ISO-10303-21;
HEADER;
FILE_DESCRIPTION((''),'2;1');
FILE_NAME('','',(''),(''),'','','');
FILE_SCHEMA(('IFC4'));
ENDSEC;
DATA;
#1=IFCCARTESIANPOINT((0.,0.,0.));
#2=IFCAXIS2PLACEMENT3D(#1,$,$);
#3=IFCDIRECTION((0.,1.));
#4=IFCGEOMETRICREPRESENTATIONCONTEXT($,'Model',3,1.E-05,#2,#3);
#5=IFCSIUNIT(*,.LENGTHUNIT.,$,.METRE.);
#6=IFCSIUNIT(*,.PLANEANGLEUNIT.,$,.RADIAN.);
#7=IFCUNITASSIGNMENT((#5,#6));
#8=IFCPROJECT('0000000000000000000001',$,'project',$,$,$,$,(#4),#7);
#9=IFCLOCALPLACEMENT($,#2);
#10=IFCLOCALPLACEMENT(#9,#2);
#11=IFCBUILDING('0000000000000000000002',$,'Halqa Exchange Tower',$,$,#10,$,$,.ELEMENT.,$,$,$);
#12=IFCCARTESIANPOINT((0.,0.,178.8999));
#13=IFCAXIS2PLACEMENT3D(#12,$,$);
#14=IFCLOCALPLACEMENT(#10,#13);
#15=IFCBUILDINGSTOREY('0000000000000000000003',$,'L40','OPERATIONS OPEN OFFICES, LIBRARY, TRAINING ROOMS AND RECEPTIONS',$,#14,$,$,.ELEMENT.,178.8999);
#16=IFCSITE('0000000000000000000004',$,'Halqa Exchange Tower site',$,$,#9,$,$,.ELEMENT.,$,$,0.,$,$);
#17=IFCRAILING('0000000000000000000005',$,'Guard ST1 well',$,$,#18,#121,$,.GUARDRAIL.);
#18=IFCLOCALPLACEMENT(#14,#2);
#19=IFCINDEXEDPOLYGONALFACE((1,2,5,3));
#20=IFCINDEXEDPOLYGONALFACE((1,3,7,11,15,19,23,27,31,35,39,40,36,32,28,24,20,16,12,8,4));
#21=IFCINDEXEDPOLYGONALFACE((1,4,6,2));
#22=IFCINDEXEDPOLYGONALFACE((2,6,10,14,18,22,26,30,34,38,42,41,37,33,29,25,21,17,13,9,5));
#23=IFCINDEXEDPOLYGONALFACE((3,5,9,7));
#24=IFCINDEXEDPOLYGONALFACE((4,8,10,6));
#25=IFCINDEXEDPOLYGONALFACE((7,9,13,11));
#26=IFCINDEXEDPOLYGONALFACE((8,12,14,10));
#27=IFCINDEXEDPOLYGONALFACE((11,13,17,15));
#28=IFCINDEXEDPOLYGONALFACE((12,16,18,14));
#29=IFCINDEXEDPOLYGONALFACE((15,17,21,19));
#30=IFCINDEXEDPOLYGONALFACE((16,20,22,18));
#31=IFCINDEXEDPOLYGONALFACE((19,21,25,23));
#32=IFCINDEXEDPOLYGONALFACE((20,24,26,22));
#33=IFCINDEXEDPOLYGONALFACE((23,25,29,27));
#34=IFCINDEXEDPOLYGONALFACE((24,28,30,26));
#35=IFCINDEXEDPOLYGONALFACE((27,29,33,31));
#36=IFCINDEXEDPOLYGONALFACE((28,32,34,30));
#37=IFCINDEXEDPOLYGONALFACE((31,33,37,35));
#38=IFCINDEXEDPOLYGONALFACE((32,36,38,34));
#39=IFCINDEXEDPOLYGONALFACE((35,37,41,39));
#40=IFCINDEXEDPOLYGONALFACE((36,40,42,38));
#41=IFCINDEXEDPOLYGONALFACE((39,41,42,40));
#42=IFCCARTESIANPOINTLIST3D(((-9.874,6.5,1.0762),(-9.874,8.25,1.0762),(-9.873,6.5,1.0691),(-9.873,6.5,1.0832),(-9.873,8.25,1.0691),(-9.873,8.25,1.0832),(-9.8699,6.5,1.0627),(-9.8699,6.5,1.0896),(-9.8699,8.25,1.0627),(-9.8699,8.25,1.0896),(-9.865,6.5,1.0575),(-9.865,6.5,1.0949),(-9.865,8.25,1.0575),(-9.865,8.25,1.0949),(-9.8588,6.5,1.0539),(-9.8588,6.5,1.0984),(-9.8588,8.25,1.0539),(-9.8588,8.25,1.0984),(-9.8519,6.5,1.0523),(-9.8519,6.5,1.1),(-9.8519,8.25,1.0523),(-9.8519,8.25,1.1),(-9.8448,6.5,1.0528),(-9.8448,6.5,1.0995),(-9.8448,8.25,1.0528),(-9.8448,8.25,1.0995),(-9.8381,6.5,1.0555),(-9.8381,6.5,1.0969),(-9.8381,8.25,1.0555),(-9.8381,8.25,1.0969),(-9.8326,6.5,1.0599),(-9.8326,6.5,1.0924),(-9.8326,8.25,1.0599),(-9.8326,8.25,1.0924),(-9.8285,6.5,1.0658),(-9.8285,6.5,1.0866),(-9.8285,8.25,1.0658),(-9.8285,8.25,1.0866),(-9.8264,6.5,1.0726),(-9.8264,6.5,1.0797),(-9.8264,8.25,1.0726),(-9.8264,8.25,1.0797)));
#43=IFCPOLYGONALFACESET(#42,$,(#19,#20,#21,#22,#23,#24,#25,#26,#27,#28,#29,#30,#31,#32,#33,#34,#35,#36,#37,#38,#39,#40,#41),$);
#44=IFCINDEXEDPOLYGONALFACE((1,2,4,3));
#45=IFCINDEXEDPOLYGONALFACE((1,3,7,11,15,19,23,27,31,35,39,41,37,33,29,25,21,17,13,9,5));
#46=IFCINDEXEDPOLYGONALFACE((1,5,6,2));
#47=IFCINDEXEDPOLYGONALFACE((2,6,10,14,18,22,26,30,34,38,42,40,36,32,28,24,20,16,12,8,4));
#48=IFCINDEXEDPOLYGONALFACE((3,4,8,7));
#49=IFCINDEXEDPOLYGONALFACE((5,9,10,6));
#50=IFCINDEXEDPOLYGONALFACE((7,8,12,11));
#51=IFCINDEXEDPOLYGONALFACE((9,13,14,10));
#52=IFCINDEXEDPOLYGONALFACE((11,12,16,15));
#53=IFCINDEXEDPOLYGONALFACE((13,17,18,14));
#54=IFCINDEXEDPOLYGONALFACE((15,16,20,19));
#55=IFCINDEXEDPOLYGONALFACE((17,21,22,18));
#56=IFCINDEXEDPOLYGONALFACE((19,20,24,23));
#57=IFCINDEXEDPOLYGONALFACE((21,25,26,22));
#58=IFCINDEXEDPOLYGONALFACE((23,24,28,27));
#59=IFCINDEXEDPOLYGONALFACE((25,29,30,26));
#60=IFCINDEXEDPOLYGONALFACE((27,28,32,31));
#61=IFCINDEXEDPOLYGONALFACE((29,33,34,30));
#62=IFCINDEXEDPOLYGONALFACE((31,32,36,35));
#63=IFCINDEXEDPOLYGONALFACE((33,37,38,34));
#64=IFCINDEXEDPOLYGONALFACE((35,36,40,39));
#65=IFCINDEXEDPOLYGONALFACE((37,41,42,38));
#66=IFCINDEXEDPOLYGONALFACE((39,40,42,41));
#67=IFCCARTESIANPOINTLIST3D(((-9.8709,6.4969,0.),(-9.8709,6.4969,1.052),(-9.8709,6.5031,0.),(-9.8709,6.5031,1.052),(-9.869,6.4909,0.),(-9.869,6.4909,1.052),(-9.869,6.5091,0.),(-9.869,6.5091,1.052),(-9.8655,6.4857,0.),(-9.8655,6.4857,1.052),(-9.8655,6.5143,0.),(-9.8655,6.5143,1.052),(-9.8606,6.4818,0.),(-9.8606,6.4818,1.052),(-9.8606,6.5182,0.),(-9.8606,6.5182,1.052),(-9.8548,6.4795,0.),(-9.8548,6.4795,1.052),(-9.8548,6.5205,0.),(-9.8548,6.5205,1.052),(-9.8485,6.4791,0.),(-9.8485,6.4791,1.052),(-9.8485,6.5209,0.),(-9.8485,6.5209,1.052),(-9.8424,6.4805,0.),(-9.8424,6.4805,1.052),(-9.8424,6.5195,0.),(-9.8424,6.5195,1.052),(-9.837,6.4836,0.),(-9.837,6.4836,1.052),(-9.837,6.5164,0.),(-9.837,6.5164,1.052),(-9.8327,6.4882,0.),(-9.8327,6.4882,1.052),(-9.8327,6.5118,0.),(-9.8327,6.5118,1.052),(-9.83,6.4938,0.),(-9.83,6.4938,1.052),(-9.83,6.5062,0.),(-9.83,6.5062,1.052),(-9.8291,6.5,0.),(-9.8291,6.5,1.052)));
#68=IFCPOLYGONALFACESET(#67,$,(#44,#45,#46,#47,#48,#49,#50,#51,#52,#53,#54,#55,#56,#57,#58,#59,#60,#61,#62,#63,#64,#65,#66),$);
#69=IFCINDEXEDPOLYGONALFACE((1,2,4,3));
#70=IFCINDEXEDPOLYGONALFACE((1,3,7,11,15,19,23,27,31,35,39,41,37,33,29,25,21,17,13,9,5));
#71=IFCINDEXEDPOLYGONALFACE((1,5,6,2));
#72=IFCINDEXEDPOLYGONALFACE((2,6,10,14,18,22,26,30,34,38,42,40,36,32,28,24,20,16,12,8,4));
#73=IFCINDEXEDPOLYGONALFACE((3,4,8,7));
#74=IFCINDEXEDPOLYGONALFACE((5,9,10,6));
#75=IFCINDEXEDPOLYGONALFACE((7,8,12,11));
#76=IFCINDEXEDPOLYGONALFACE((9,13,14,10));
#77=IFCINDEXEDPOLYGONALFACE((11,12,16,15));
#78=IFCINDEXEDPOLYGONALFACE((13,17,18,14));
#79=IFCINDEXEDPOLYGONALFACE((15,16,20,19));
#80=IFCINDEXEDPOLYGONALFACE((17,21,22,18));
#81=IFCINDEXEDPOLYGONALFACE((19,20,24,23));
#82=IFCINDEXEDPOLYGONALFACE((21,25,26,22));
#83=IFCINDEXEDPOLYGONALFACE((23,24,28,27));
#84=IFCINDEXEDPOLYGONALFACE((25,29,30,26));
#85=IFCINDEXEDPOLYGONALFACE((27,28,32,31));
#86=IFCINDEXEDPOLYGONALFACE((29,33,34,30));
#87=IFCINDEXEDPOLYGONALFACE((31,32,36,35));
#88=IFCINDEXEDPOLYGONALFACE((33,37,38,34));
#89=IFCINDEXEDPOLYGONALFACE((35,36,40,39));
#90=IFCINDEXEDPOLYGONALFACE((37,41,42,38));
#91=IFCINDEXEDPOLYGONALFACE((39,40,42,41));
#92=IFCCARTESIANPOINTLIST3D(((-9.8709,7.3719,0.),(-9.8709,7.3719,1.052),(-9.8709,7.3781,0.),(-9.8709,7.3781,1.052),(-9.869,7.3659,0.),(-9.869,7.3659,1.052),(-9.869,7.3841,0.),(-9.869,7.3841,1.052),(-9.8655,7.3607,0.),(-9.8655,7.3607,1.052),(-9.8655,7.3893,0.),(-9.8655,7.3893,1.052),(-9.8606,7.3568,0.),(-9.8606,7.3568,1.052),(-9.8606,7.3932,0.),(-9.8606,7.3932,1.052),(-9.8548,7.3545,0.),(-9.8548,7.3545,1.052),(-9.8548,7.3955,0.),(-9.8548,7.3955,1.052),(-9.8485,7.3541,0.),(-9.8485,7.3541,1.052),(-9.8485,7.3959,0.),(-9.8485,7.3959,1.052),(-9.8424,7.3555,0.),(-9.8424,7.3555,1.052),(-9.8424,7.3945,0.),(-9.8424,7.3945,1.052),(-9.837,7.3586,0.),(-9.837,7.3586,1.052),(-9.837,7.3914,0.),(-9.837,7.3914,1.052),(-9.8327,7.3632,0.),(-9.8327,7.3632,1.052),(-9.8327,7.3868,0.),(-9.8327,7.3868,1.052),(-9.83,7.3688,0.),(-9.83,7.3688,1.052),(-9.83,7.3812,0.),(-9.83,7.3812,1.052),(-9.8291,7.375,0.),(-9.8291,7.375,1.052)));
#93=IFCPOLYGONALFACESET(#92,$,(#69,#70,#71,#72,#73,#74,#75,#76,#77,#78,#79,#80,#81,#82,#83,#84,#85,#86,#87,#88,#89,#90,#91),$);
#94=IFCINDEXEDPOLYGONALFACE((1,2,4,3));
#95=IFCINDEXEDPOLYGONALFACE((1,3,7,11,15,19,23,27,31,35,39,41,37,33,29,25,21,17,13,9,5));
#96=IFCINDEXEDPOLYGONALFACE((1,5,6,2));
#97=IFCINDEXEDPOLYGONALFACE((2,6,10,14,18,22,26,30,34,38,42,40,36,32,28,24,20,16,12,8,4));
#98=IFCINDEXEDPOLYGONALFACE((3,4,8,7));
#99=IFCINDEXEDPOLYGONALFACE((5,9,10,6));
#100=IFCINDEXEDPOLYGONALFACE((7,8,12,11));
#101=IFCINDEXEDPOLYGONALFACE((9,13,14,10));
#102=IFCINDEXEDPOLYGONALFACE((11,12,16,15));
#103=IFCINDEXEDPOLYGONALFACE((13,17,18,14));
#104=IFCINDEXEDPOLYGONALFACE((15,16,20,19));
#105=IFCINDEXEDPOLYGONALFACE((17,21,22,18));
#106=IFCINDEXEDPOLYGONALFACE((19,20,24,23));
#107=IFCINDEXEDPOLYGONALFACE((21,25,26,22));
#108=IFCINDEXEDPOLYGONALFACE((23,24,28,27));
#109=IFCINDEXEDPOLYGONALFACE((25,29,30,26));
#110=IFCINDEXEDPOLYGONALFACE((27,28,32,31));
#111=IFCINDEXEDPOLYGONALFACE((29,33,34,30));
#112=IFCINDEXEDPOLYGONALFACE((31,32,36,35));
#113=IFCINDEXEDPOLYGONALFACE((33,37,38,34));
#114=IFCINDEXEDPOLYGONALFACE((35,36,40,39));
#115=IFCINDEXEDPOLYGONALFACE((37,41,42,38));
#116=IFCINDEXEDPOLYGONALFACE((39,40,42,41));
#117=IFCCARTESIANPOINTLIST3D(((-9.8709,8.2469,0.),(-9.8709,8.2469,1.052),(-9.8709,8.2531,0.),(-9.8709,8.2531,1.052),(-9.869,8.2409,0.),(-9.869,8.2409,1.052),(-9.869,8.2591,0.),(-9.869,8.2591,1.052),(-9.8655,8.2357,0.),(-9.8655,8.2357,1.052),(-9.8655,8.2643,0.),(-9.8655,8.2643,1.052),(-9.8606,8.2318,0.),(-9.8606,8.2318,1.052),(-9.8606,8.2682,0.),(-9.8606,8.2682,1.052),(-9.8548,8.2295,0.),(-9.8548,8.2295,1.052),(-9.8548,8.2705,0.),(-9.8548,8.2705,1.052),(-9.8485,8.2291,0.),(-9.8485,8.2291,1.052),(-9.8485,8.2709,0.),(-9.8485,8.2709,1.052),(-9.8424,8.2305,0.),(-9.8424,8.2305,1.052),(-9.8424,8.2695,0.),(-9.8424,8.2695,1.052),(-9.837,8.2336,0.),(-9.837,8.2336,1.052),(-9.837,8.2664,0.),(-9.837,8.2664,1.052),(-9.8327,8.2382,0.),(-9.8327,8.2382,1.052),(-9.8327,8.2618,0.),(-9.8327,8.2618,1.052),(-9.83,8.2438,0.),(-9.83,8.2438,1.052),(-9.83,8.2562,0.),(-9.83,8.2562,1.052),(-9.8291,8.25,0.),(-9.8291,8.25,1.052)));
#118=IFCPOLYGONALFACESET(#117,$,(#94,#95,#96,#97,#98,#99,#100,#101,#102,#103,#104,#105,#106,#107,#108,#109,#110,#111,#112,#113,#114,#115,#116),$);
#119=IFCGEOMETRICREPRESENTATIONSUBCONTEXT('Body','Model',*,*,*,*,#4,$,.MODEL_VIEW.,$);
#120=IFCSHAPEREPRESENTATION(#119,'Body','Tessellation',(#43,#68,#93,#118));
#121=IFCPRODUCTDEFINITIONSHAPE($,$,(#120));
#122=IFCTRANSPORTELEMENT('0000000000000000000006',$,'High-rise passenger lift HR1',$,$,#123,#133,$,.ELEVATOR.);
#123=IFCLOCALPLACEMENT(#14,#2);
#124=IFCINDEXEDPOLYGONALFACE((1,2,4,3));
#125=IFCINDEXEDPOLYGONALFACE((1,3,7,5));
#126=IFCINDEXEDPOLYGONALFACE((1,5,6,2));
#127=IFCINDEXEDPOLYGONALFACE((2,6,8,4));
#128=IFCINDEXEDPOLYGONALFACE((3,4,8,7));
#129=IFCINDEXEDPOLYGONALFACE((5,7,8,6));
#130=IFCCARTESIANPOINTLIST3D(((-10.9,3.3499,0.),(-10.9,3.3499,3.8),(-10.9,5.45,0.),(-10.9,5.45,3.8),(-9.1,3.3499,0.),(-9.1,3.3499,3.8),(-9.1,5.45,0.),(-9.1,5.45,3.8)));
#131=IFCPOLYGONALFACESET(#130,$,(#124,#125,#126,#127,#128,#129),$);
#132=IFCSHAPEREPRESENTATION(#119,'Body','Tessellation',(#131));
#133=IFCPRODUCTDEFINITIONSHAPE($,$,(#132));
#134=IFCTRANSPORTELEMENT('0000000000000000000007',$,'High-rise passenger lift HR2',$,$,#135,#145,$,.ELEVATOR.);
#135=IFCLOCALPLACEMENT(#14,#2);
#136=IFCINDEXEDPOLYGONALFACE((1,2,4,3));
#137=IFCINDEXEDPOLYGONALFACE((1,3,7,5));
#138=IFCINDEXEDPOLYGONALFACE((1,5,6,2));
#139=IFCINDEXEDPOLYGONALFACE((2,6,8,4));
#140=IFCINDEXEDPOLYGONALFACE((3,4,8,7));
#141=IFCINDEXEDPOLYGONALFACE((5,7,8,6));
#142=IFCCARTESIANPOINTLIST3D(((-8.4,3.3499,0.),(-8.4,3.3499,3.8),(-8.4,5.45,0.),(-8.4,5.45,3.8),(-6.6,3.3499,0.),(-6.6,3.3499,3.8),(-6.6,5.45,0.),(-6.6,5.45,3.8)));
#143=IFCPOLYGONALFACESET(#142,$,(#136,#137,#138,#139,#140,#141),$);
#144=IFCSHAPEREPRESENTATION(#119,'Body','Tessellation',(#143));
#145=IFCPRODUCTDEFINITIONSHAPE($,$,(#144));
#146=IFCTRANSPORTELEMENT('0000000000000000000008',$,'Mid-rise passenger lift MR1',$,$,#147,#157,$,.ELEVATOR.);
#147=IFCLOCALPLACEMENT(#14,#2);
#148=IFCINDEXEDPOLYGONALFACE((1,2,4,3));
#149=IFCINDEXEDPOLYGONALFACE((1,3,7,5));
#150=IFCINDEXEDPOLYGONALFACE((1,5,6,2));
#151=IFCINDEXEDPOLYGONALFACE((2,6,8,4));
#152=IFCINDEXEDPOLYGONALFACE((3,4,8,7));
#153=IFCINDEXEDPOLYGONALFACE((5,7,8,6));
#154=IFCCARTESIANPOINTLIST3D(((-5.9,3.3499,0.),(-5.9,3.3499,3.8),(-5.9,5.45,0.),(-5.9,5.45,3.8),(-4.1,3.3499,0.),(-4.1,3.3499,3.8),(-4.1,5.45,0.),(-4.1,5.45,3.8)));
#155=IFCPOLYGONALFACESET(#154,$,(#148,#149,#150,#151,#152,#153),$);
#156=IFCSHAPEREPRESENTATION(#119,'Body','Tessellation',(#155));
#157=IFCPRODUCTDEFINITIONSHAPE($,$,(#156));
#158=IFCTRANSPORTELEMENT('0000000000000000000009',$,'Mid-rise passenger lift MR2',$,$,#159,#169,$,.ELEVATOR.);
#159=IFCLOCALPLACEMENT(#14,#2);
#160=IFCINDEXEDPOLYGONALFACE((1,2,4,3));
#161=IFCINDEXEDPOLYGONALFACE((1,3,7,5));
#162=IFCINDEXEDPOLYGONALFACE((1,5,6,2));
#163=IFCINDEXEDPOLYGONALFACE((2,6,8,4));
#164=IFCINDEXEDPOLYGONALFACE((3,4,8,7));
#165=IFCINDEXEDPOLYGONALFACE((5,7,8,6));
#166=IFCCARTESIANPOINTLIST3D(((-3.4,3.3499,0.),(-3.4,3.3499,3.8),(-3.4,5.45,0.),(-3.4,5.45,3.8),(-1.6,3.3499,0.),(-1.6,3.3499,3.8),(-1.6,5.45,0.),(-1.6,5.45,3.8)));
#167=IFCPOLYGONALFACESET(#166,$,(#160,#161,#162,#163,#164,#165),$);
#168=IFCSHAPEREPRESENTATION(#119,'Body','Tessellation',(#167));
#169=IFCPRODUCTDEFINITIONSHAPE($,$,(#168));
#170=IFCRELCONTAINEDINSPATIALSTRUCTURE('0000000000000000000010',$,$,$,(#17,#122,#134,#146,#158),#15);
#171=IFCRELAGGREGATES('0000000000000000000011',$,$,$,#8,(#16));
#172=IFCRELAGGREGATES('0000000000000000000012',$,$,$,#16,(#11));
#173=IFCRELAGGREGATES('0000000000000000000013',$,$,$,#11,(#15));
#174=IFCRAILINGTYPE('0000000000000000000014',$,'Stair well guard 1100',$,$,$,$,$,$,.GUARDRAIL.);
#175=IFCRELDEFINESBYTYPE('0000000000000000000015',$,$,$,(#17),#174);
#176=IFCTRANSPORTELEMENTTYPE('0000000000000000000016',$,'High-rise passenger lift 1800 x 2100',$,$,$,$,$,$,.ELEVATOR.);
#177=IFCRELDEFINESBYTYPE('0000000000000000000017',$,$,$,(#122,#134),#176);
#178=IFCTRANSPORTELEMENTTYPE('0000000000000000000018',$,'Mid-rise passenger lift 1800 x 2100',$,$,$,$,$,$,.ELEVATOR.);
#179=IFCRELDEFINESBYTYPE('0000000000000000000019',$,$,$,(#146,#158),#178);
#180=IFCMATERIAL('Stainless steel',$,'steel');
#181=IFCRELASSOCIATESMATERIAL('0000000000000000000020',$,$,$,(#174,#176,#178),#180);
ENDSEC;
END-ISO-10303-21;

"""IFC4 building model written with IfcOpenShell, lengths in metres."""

from ifc_helpers import new_model, si_unit, direction, frame, origin, origin_2d, place, context, subcontext, project, spatial, rectangle, circle, extrude, material, type_object, element, save


model = new_model("IFC4")

# Units and contexts
model_context = context("Model", 3, precision=1e-05, world=origin(), true_north=direction((0.0, 1.0)))
body_context = subcontext(model_context, "Body", "Model", "MODEL_VIEW")
ifc_project = project(units=[si_unit("LENGTHUNIT", "METRE"), si_unit("PLANEANGLEUNIT", "RADIAN")], contexts=[model_context])

# Site, building, storey
site_placement = place(None, origin())
site = spatial("IfcSite", under=ifc_project, at=site_placement, Name="Halqa Exchange Tower site", CompositionType="ELEMENT", RefElevation=0.0)
building_placement = place(site_placement, origin())
building = spatial("IfcBuilding", under=site, at=building_placement, Name="Halqa Exchange Tower", CompositionType="ELEMENT")
storey_placement = place(building_placement, frame((0.0, 0.0, 178.8999)))
storey = spatial("IfcBuildingStorey", under=building, at=storey_placement, Name="L40", Description="OPERATIONS OPEN OFFICES, LIBRARY, TRAINING ROOMS AND RECEPTIONS", CompositionType="ELEMENT", Elevation=178.8999)

# Shared definitions
ifc_material_1 = material(Name="Stainless steel", Category="steel")

# Railing
railing_type_1 = type_object("IfcRailingType", Name="Stair well guard 1100", PredefinedType="GUARDRAIL", material=ifc_material_1)
railing_1_placement = place(storey_placement, frame((-9.8501, 6.5, 0.0)))
element("IfcRailing", 1, at=railing_1_placement, inside=storey, type_object=railing_type_1, Name="Guard ST1 well", PredefinedType="GUARDRAIL", context=body_context, shape_type="SweptSolid", body=[
    extrude(circle(Radius=0.0239, at=origin_2d()), frame((0.0, 0.0, 1.0762), z_axis=(0.0, 1.0, 0.0), x_axis=(-1.0, 0.0, 0.0)), (0.0, 0.0, 1.0), 1.75),
    extrude(circle(Radius=0.021, at=origin_2d()), origin(), (0.0, 0.0, 1.0), 1.052),
    extrude(circle(Radius=0.021, at=origin_2d()), frame((0.0, 0.875, 0.0)), (0.0, 0.0, 1.0), 1.052),
    extrude(circle(Radius=0.021, at=origin_2d()), frame((0.0, 1.75, 0.0)), (0.0, 0.0, 1.0), 1.052),
])

# Transport elements
transport_element_type_1 = type_object("IfcTransportElementType", Name="High-rise passenger lift 1800 x 2100", PredefinedType="ELEVATOR", material=ifc_material_1)
for number, where, z_axis, x_axis, name in (
    (2, (-10.0, 4.3999, 0.0), (0.0, 0.0, 1.0), (1.0, 0.0, 0.0), "High-rise passenger lift HR1"),
    (3, (-7.5, 4.3999, 0.0), (0.0, 0.0, 1.0), (1.0, 0.0, 0.0), "High-rise passenger lift HR2"),
):
    element("IfcTransportElement", number, at=place(storey_placement, frame(where, z_axis=z_axis, x_axis=x_axis)), inside=storey, type_object=transport_element_type_1, Name=name, PredefinedType="ELEVATOR", context=body_context, shape_type="SweptSolid", body=[
        extrude(rectangle(XDim=1.8, YDim=2.1001, at=origin_2d()), origin(), (0.0, 0.0, 1.0), 3.8),
    ])
transport_element_type_2 = type_object("IfcTransportElementType", Name="Mid-rise passenger lift 1800 x 2100", PredefinedType="ELEVATOR", material=ifc_material_1)
for number, where, z_axis, x_axis, name in (
    (4, (-5.0, 4.3999, 0.0), (0.0, 0.0, 1.0), (1.0, 0.0, 0.0), "Mid-rise passenger lift MR1"),
    (5, (-2.5, 4.3999, 0.0), (0.0, 0.0, 1.0), (1.0, 0.0, 0.0), "Mid-rise passenger lift MR2"),
):
    element("IfcTransportElement", number, at=place(storey_placement, frame(where, z_axis=z_axis, x_axis=x_axis)), inside=storey, type_object=transport_element_type_2, Name=name, PredefinedType="ELEVATOR", context=body_context, shape_type="SweptSolid", body=[
        extrude(rectangle(XDim=1.8, YDim=2.1001, at=origin_2d()), origin(), (0.0, 0.0, 1.0), 3.8),
    ])

save(model, "model.ifc")
